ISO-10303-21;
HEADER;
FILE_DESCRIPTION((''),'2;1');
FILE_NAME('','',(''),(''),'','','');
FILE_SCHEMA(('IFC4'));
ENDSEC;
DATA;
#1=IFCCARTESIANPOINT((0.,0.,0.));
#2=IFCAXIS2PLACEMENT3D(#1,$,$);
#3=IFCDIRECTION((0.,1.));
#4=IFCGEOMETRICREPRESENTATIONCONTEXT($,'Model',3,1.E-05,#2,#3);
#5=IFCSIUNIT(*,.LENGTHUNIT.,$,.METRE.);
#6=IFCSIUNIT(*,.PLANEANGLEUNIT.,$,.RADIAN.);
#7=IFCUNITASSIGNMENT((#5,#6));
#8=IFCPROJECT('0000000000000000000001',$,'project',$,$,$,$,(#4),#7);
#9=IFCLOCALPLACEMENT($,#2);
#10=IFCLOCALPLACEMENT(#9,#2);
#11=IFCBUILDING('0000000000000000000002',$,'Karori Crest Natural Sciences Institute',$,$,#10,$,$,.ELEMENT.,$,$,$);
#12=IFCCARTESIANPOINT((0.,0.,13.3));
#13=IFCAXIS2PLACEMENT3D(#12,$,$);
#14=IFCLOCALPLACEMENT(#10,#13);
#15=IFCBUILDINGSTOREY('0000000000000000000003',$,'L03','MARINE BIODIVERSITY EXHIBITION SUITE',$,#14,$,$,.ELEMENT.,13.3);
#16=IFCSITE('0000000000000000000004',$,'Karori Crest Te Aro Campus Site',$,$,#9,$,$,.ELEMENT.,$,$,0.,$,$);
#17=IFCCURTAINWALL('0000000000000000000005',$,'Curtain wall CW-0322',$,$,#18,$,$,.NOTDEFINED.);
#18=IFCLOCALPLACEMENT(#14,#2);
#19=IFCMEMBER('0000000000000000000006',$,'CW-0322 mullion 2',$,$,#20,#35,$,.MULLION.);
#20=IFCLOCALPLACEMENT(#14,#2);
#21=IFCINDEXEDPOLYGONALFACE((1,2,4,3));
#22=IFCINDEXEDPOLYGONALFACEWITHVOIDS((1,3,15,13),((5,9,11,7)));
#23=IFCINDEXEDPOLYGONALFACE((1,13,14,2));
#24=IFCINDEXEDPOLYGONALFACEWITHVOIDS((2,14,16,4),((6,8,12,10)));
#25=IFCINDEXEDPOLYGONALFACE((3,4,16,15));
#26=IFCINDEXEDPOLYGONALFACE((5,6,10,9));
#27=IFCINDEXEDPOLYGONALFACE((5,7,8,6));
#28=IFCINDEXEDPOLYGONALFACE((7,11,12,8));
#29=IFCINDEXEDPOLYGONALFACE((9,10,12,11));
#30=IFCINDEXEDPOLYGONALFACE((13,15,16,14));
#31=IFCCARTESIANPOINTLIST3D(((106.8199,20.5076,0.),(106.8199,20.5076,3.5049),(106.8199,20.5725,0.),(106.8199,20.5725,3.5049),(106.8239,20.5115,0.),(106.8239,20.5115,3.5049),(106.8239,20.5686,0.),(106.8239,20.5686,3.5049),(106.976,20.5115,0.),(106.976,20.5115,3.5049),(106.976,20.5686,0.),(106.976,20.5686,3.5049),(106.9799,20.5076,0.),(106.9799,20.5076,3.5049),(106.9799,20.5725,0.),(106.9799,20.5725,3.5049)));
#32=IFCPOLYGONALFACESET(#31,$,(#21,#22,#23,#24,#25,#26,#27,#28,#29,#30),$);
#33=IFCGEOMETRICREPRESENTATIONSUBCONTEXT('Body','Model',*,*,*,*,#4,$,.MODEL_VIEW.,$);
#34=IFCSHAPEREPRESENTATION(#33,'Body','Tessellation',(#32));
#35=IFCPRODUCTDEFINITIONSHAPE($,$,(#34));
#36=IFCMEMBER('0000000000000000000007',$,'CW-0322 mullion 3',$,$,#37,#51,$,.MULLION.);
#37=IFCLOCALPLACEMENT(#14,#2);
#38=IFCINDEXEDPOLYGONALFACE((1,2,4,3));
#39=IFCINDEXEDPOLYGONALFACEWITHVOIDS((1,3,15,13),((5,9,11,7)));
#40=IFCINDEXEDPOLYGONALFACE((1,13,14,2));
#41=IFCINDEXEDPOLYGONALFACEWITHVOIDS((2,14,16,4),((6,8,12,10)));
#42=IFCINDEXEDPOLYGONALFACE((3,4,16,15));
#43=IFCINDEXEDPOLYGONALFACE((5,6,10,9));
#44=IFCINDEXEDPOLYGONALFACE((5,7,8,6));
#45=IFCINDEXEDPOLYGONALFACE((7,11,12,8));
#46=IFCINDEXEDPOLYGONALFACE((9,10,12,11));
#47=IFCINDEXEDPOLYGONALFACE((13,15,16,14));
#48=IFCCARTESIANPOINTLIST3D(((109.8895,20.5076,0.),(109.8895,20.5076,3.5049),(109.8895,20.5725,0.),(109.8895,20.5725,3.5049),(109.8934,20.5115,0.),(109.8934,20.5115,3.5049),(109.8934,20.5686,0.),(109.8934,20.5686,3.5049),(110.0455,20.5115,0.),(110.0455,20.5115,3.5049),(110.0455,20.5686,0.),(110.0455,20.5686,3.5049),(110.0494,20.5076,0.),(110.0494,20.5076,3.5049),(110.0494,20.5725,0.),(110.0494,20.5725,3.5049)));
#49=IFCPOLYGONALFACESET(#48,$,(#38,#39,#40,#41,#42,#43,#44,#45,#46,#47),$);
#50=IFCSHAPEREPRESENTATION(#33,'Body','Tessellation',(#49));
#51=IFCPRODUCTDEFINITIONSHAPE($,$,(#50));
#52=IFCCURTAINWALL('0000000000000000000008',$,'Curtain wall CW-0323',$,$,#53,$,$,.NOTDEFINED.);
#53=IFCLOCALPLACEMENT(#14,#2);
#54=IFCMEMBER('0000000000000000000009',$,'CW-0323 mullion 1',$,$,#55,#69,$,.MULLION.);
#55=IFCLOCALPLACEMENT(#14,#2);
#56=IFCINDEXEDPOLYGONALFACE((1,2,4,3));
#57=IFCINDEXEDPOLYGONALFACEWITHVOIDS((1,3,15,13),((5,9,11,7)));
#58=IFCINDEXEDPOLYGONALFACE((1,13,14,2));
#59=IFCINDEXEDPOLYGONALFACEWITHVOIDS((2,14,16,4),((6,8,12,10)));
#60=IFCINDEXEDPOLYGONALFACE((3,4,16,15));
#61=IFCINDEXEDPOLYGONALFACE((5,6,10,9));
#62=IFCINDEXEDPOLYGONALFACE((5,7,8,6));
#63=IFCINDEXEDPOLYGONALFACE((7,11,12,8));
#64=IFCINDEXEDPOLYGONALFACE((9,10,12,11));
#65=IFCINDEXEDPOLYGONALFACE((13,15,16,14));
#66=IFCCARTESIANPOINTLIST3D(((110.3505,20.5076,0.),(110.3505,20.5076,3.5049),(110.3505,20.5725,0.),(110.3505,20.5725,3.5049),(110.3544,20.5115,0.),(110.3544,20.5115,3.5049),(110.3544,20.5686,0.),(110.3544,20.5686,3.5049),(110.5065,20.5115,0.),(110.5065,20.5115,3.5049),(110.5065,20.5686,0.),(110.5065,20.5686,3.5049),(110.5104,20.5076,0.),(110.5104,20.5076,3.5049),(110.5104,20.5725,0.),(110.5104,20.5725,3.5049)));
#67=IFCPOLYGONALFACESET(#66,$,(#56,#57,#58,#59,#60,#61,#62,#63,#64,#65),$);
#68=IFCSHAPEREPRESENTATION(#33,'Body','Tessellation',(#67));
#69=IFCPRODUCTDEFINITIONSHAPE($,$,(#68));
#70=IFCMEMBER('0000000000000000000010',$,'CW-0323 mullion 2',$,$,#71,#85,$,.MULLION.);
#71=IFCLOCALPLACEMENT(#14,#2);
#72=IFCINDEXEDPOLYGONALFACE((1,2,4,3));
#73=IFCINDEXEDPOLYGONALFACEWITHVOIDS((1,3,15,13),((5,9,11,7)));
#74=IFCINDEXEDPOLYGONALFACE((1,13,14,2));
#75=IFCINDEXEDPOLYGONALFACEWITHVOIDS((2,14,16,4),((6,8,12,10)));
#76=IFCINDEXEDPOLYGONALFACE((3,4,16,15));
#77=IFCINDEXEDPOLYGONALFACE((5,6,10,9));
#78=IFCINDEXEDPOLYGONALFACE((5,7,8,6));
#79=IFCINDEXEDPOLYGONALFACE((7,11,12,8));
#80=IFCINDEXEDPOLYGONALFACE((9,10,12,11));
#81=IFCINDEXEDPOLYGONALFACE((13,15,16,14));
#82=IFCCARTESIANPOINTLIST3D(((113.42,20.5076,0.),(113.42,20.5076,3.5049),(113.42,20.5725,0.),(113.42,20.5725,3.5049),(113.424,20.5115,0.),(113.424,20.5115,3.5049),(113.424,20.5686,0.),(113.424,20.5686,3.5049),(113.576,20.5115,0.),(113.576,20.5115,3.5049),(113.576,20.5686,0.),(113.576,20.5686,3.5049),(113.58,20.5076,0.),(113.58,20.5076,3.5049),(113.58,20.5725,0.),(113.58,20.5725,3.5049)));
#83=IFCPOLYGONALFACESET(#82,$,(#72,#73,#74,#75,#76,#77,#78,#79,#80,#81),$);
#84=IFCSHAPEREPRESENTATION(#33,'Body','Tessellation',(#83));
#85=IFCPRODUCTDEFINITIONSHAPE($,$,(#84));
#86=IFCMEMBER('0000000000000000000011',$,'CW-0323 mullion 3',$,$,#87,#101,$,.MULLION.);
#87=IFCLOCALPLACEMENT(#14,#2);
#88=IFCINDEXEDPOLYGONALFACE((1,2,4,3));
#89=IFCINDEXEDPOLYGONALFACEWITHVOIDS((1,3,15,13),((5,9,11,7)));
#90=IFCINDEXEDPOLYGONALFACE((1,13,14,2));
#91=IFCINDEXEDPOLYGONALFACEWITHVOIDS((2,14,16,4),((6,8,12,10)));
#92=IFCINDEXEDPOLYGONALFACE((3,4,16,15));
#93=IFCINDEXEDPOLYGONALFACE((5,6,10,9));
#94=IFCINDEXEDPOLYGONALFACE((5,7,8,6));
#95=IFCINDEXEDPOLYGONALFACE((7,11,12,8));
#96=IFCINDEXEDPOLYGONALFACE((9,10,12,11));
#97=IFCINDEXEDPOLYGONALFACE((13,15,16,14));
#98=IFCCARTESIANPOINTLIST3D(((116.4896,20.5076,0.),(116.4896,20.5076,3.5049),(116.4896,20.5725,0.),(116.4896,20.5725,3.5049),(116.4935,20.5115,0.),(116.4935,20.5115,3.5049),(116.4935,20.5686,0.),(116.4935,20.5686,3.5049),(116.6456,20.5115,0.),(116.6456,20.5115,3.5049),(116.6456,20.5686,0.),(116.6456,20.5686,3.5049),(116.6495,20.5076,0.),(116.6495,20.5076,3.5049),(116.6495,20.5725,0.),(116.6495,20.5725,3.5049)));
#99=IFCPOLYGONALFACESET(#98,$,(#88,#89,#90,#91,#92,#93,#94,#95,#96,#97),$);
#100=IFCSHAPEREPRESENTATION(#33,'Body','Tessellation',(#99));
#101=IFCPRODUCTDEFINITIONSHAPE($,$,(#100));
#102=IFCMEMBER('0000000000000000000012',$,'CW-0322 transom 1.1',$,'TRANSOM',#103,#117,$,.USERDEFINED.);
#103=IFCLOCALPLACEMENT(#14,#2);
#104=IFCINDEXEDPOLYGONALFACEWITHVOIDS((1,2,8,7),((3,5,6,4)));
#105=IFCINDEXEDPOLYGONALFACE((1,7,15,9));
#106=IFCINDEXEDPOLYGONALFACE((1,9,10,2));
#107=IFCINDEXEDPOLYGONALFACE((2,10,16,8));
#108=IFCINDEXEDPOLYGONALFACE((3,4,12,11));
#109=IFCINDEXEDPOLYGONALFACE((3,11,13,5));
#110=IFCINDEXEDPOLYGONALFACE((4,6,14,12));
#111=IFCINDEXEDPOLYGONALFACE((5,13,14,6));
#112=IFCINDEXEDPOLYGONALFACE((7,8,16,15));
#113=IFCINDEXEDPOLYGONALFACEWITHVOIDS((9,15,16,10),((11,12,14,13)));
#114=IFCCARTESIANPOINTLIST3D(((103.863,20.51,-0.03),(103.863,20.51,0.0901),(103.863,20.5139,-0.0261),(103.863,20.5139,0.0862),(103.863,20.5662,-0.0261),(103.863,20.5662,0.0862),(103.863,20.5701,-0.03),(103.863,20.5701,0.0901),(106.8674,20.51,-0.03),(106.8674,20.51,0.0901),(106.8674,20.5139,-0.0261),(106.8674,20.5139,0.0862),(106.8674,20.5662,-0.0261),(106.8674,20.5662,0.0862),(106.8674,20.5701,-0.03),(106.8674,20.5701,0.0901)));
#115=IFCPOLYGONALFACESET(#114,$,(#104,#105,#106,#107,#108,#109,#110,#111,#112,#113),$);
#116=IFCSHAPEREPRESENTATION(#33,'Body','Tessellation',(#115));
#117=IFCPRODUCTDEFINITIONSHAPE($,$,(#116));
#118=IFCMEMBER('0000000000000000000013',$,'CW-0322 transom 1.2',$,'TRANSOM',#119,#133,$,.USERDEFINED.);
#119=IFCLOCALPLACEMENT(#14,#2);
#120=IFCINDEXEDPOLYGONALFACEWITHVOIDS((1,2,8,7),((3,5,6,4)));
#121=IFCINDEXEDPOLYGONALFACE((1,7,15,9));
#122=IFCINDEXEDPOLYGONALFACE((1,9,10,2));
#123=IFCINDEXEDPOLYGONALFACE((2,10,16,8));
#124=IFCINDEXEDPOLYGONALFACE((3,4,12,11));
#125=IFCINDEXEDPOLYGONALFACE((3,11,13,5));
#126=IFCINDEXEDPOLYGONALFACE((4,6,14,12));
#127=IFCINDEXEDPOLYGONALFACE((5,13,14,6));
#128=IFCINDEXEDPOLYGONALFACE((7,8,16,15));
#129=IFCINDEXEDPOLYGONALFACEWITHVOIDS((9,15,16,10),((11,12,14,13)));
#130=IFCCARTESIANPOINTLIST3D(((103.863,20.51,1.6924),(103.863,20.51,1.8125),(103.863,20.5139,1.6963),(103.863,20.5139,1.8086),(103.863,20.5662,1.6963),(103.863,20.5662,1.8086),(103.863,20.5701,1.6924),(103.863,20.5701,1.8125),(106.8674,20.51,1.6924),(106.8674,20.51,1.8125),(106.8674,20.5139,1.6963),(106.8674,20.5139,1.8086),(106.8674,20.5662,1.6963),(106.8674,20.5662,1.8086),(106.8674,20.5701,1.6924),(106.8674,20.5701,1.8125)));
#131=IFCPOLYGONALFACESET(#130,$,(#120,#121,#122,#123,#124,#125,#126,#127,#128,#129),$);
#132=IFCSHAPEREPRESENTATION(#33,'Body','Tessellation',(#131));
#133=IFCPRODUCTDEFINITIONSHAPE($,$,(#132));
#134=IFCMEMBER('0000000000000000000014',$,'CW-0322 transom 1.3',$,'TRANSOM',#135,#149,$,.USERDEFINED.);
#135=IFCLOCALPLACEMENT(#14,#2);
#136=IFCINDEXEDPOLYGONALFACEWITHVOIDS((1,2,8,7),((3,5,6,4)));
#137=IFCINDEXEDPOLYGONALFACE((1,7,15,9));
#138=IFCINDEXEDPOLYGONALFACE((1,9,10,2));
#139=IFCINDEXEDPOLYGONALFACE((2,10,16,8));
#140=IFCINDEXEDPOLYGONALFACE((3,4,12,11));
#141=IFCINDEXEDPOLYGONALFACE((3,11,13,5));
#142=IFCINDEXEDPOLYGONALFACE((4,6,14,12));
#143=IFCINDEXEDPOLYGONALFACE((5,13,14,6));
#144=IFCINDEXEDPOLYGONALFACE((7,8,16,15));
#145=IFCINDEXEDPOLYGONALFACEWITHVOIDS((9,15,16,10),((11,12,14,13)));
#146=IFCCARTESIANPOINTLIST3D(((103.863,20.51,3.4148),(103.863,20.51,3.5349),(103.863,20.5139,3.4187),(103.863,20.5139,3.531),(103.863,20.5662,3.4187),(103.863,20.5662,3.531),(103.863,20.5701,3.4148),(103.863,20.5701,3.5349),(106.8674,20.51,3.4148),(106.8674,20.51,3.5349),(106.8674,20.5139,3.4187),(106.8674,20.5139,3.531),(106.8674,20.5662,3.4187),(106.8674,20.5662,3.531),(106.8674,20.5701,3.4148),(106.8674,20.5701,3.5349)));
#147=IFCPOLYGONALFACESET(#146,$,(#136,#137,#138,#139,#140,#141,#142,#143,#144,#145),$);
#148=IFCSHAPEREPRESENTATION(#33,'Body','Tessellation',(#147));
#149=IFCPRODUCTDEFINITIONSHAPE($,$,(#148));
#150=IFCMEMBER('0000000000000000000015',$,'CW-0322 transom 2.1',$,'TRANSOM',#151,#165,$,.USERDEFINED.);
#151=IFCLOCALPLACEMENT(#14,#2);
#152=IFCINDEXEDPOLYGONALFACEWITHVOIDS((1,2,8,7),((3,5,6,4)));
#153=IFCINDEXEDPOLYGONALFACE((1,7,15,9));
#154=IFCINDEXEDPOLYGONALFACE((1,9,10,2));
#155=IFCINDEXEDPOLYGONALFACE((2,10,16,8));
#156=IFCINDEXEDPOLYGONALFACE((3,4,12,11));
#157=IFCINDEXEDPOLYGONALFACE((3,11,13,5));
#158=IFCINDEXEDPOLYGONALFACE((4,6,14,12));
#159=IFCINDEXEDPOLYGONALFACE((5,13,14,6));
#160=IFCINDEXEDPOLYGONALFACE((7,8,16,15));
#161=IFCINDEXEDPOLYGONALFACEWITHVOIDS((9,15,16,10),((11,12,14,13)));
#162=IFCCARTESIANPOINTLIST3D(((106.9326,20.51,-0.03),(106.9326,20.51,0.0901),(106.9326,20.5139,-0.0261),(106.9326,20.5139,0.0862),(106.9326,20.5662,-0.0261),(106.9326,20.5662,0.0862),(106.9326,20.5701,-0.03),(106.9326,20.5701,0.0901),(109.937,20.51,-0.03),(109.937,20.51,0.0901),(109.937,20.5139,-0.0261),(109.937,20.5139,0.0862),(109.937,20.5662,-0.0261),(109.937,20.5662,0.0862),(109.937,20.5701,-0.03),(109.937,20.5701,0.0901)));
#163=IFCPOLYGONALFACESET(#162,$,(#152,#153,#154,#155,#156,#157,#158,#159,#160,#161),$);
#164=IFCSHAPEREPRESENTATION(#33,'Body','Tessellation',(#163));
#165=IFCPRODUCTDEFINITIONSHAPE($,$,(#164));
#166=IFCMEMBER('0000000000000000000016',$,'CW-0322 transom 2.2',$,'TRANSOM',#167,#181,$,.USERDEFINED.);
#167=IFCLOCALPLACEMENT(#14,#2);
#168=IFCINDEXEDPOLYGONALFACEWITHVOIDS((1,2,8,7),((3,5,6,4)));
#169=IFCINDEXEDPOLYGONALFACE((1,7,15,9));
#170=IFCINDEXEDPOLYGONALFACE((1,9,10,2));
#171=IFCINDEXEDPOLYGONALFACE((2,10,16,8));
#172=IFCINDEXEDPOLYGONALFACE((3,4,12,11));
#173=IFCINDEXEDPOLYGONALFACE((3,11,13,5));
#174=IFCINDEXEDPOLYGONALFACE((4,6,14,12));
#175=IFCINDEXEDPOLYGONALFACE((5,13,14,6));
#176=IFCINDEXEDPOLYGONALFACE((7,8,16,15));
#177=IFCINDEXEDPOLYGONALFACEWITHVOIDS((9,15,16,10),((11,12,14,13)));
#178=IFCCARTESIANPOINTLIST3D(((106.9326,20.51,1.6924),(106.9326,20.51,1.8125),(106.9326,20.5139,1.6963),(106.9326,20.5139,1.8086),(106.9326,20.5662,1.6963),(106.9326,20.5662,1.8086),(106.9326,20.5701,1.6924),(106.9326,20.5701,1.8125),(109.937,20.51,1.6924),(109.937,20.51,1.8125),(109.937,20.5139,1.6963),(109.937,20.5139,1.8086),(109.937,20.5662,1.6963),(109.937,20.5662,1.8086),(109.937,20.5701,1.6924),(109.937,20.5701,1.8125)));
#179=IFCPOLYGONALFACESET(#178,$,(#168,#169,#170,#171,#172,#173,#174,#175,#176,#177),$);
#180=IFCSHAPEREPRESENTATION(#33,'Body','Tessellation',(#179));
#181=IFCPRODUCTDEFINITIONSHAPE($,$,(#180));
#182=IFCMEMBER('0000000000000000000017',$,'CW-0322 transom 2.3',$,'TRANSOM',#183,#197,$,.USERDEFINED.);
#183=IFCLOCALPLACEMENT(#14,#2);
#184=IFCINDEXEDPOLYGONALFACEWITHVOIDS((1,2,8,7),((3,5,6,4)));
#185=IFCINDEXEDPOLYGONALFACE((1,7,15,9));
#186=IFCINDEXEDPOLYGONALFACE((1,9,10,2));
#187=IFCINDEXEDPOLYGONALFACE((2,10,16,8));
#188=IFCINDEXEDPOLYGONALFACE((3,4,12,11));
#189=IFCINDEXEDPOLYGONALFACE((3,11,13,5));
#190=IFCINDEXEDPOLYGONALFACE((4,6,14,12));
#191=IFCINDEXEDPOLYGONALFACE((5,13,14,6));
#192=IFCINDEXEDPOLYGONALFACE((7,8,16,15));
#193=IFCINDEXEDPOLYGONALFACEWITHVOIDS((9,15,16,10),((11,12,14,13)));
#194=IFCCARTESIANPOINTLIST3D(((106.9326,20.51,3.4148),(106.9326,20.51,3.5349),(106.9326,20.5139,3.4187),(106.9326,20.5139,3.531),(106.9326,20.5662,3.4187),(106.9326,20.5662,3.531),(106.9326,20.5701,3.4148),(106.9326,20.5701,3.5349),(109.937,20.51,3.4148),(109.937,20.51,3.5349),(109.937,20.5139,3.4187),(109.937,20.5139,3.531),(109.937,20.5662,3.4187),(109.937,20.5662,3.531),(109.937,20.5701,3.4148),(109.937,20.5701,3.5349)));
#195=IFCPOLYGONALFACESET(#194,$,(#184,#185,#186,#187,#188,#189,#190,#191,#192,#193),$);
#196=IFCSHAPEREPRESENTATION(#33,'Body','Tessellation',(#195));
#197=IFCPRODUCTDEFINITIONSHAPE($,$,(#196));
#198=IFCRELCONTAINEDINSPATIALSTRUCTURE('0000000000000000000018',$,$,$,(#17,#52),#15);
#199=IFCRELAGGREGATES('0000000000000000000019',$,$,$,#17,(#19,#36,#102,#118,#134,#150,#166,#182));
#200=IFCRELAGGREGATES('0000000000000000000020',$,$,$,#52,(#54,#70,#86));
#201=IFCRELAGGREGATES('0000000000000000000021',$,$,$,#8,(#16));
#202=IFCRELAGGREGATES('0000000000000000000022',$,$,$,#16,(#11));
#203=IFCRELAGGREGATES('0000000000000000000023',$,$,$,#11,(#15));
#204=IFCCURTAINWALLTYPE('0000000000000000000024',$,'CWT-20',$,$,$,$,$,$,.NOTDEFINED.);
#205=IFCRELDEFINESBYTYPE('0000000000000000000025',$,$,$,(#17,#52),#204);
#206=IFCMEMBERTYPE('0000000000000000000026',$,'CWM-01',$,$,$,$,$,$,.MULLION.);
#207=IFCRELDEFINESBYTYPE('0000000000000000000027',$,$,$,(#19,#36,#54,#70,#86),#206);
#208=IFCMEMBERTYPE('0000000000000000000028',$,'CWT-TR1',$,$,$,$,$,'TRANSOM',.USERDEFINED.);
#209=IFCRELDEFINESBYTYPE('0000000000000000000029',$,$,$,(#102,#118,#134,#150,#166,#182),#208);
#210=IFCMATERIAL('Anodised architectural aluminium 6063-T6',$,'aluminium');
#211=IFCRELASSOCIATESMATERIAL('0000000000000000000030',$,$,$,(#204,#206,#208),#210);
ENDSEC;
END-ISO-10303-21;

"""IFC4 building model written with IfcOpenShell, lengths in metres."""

from ifc_helpers import new_model, si_unit, direction, frame, origin, origin_2d, place, context, subcontext, project, spatial, hollow_rectangle, extrude, material, material_profile, profile_set, type_object, element, aggregate, save


model = new_model("IFC4")

# Units and contexts
model_context = context("Model", 3, precision=1e-05, world=origin(), true_north=direction((0.0, 1.0)))
body_context = subcontext(model_context, "Body", "Model", "MODEL_VIEW")
ifc_project = project(units=[si_unit("LENGTHUNIT", "METRE"), si_unit("PLANEANGLEUNIT", "RADIAN")], contexts=[model_context])

# Site, building, storey
site_placement = place(None, origin())
site = spatial("IfcSite", under=ifc_project, at=site_placement, Name="Karori Crest Te Aro Campus Site", CompositionType="ELEMENT", RefElevation=0.0)
building_placement = place(site_placement, origin())
building = spatial("IfcBuilding", under=site, at=building_placement, Name="Karori Crest Natural Sciences Institute", CompositionType="ELEMENT")
storey_placement = place(building_placement, frame((0.0, 0.0, 13.3)))
storey = spatial("IfcBuildingStorey", under=building, at=storey_placement, Name="L03", Description="MARINE BIODIVERSITY EXHIBITION SUITE", CompositionType="ELEMENT", Elevation=13.3)

# Curtain walls, members
ifc_material_1 = material(Name="Anodised architectural aluminium 6063-T6", Category="aluminium")
curtain_wall_type = type_object("IfcCurtainWallType", Name="CWT-20", PredefinedType="NOTDEFINED", material=ifc_material_1)
curtain_wall_1_placement = place(storey_placement, origin())
curtain_wall_1 = element("IfcCurtainWall", 1, at=curtain_wall_1_placement, inside=storey, type_object=curtain_wall_type, Name="Curtain wall CW-0322", PredefinedType="NOTDEFINED")
ifc_material_profile_1 = material_profile(ifc_material_1, hollow_rectangle(XDim=0.0649, YDim=0.1599, WallThickness=0.0039, at=origin_2d()), Name="CWM160x65x4")
ifc_profile_set_1 = profile_set([ifc_material_profile_1], Name="Anodised architectural aluminium 6063-T6")
member_type_1 = type_object("IfcMemberType", Name="CWM-01", PredefinedType="MULLION", material=ifc_profile_set_1)
member_1_placement = place(storey_placement, frame((106.8999, 20.54, 0.0), z_axis=(0.0, 0.0, 1.0), x_axis=(0.0, 1.0, 0.0)))
member_1 = element("IfcMember", 2, at=member_1_placement, type_object=member_type_1, Name="CW-0322 mullion 2", PredefinedType="MULLION", context=body_context, shape_type="SweptSolid", body=[
    extrude(hollow_rectangle(XDim=0.0649, YDim=0.1599, WallThickness=0.0039, at=origin_2d()), origin(), (0.0, 0.0, 1.0), 3.5049),
])
member_2_placement = place(storey_placement, frame((109.9695, 20.54, 0.0), z_axis=(0.0, 0.0, 1.0), x_axis=(0.0, 1.0, 0.0)))
member_2 = element("IfcMember", 3, at=member_2_placement, type_object=member_type_1, Name="CW-0322 mullion 3", PredefinedType="MULLION", context=body_context, shape_type="SweptSolid", body=[
    extrude(hollow_rectangle(XDim=0.0649, YDim=0.1599, WallThickness=0.0039, at=origin_2d()), origin(), (0.0, 0.0, 1.0), 3.5049),
])
curtain_wall_2_placement = place(storey_placement, origin())
curtain_wall_2 = element("IfcCurtainWall", 4, at=curtain_wall_2_placement, inside=storey, type_object=curtain_wall_type, Name="Curtain wall CW-0323", PredefinedType="NOTDEFINED")
member_3_placement = place(storey_placement, frame((110.4304, 20.54, 0.0), z_axis=(0.0, 0.0, 1.0), x_axis=(0.0, 1.0, 0.0)))
member_3 = element("IfcMember", 5, at=member_3_placement, type_object=member_type_1, Name="CW-0323 mullion 1", PredefinedType="MULLION", context=body_context, shape_type="SweptSolid", body=[
    extrude(hollow_rectangle(XDim=0.0649, YDim=0.1599, WallThickness=0.0039, at=origin_2d()), origin(), (0.0, 0.0, 1.0), 3.5049),
])
member_4_placement = place(storey_placement, frame((113.5, 20.54, 0.0), z_axis=(0.0, 0.0, 1.0), x_axis=(0.0, 1.0, 0.0)))
member_4 = element("IfcMember", 6, at=member_4_placement, type_object=member_type_1, Name="CW-0323 mullion 2", PredefinedType="MULLION", context=body_context, shape_type="SweptSolid", body=[
    extrude(hollow_rectangle(XDim=0.0649, YDim=0.1599, WallThickness=0.0039, at=origin_2d()), origin(), (0.0, 0.0, 1.0), 3.5049),
])
member_5_placement = place(storey_placement, frame((116.5696, 20.54, 0.0), z_axis=(0.0, 0.0, 1.0), x_axis=(0.0, 1.0, 0.0)))
member_5 = element("IfcMember", 7, at=member_5_placement, type_object=member_type_1, Name="CW-0323 mullion 3", PredefinedType="MULLION", context=body_context, shape_type="SweptSolid", body=[
    extrude(hollow_rectangle(XDim=0.0649, YDim=0.1599, WallThickness=0.0039, at=origin_2d()), origin(), (0.0, 0.0, 1.0), 3.5049),
])

# Members
ifc_material_profile_2 = material_profile(ifc_material_1, hollow_rectangle(XDim=0.0601, YDim=0.1201, WallThickness=0.0039, at=origin_2d()), Name="CWT120x60x4")
ifc_profile_set_2 = profile_set([ifc_material_profile_2], Name="Anodised architectural aluminium 6063-T6")
member_type_2 = type_object("IfcMemberType", Name="CWT-TR1", ElementType="TRANSOM", PredefinedType="USERDEFINED", material=ifc_profile_set_2)
member_6_placement = place(storey_placement, frame((103.863, 20.54, 0.03), z_axis=(1.0, 0.0, 0.0), x_axis=(0.0, 1.0, 0.0)))
member_6 = element("IfcMember", 8, at=member_6_placement, type_object=member_type_2, Name="CW-0322 transom 1.1", ObjectType="TRANSOM", PredefinedType="USERDEFINED", context=body_context, shape_type="SweptSolid", body=[
    extrude(hollow_rectangle(XDim=0.0601, YDim=0.1201, WallThickness=0.0039, at=origin_2d()), origin(), (0.0, 0.0, 1.0), 3.0044),
])
member_7_placement = place(storey_placement, frame((103.863, 20.54, 1.7524), z_axis=(1.0, 0.0, 0.0), x_axis=(0.0, 1.0, 0.0)))
member_7 = element("IfcMember", 9, at=member_7_placement, type_object=member_type_2, Name="CW-0322 transom 1.2", ObjectType="TRANSOM", PredefinedType="USERDEFINED", context=body_context, shape_type="SweptSolid", body=[
    extrude(hollow_rectangle(XDim=0.0601, YDim=0.1201, WallThickness=0.0039, at=origin_2d()), origin(), (0.0, 0.0, 1.0), 3.0044),
])
member_8_placement = place(storey_placement, frame((103.863, 20.54, 3.4749), z_axis=(1.0, 0.0, 0.0), x_axis=(0.0, 1.0, 0.0)))
member_8 = element("IfcMember", 10, at=member_8_placement, type_object=member_type_2, Name="CW-0322 transom 1.3", ObjectType="TRANSOM", PredefinedType="USERDEFINED", context=body_context, shape_type="SweptSolid", body=[
    extrude(hollow_rectangle(XDim=0.0601, YDim=0.1201, WallThickness=0.0039, at=origin_2d()), origin(), (0.0, 0.0, 1.0), 3.0044),
])
member_9_placement = place(storey_placement, frame((106.9326, 20.54, 0.03), z_axis=(1.0, 0.0, 0.0), x_axis=(0.0, 1.0, 0.0)))
member_9 = element("IfcMember", 11, at=member_9_placement, type_object=member_type_2, Name="CW-0322 transom 2.1", ObjectType="TRANSOM", PredefinedType="USERDEFINED", context=body_context, shape_type="SweptSolid", body=[
    extrude(hollow_rectangle(XDim=0.0601, YDim=0.1201, WallThickness=0.0039, at=origin_2d()), origin(), (0.0, 0.0, 1.0), 3.0044),
])
member_10_placement = place(storey_placement, frame((106.9326, 20.54, 1.7524), z_axis=(1.0, 0.0, 0.0), x_axis=(0.0, 1.0, 0.0)))
member_10 = element("IfcMember", 12, at=member_10_placement, type_object=member_type_2, Name="CW-0322 transom 2.2", ObjectType="TRANSOM", PredefinedType="USERDEFINED", context=body_context, shape_type="SweptSolid", body=[
    extrude(hollow_rectangle(XDim=0.0601, YDim=0.1201, WallThickness=0.0039, at=origin_2d()), origin(), (0.0, 0.0, 1.0), 3.0044),
])
member_11_placement = place(storey_placement, frame((106.9326, 20.54, 3.4749), z_axis=(1.0, 0.0, 0.0), x_axis=(0.0, 1.0, 0.0)))
member_11 = element("IfcMember", 13, at=member_11_placement, type_object=member_type_2, Name="CW-0322 transom 2.3", ObjectType="TRANSOM", PredefinedType="USERDEFINED", context=body_context, shape_type="SweptSolid", body=[
    extrude(hollow_rectangle(XDim=0.0601, YDim=0.1201, WallThickness=0.0039, at=origin_2d()), origin(), (0.0, 0.0, 1.0), 3.0044),
])

aggregate(curtain_wall_1, [member_1, member_2, member_6, member_7, member_8, member_9, member_10, member_11])
aggregate(curtain_wall_2, [member_3, member_4, member_5])

save(model, "model.ifc")
